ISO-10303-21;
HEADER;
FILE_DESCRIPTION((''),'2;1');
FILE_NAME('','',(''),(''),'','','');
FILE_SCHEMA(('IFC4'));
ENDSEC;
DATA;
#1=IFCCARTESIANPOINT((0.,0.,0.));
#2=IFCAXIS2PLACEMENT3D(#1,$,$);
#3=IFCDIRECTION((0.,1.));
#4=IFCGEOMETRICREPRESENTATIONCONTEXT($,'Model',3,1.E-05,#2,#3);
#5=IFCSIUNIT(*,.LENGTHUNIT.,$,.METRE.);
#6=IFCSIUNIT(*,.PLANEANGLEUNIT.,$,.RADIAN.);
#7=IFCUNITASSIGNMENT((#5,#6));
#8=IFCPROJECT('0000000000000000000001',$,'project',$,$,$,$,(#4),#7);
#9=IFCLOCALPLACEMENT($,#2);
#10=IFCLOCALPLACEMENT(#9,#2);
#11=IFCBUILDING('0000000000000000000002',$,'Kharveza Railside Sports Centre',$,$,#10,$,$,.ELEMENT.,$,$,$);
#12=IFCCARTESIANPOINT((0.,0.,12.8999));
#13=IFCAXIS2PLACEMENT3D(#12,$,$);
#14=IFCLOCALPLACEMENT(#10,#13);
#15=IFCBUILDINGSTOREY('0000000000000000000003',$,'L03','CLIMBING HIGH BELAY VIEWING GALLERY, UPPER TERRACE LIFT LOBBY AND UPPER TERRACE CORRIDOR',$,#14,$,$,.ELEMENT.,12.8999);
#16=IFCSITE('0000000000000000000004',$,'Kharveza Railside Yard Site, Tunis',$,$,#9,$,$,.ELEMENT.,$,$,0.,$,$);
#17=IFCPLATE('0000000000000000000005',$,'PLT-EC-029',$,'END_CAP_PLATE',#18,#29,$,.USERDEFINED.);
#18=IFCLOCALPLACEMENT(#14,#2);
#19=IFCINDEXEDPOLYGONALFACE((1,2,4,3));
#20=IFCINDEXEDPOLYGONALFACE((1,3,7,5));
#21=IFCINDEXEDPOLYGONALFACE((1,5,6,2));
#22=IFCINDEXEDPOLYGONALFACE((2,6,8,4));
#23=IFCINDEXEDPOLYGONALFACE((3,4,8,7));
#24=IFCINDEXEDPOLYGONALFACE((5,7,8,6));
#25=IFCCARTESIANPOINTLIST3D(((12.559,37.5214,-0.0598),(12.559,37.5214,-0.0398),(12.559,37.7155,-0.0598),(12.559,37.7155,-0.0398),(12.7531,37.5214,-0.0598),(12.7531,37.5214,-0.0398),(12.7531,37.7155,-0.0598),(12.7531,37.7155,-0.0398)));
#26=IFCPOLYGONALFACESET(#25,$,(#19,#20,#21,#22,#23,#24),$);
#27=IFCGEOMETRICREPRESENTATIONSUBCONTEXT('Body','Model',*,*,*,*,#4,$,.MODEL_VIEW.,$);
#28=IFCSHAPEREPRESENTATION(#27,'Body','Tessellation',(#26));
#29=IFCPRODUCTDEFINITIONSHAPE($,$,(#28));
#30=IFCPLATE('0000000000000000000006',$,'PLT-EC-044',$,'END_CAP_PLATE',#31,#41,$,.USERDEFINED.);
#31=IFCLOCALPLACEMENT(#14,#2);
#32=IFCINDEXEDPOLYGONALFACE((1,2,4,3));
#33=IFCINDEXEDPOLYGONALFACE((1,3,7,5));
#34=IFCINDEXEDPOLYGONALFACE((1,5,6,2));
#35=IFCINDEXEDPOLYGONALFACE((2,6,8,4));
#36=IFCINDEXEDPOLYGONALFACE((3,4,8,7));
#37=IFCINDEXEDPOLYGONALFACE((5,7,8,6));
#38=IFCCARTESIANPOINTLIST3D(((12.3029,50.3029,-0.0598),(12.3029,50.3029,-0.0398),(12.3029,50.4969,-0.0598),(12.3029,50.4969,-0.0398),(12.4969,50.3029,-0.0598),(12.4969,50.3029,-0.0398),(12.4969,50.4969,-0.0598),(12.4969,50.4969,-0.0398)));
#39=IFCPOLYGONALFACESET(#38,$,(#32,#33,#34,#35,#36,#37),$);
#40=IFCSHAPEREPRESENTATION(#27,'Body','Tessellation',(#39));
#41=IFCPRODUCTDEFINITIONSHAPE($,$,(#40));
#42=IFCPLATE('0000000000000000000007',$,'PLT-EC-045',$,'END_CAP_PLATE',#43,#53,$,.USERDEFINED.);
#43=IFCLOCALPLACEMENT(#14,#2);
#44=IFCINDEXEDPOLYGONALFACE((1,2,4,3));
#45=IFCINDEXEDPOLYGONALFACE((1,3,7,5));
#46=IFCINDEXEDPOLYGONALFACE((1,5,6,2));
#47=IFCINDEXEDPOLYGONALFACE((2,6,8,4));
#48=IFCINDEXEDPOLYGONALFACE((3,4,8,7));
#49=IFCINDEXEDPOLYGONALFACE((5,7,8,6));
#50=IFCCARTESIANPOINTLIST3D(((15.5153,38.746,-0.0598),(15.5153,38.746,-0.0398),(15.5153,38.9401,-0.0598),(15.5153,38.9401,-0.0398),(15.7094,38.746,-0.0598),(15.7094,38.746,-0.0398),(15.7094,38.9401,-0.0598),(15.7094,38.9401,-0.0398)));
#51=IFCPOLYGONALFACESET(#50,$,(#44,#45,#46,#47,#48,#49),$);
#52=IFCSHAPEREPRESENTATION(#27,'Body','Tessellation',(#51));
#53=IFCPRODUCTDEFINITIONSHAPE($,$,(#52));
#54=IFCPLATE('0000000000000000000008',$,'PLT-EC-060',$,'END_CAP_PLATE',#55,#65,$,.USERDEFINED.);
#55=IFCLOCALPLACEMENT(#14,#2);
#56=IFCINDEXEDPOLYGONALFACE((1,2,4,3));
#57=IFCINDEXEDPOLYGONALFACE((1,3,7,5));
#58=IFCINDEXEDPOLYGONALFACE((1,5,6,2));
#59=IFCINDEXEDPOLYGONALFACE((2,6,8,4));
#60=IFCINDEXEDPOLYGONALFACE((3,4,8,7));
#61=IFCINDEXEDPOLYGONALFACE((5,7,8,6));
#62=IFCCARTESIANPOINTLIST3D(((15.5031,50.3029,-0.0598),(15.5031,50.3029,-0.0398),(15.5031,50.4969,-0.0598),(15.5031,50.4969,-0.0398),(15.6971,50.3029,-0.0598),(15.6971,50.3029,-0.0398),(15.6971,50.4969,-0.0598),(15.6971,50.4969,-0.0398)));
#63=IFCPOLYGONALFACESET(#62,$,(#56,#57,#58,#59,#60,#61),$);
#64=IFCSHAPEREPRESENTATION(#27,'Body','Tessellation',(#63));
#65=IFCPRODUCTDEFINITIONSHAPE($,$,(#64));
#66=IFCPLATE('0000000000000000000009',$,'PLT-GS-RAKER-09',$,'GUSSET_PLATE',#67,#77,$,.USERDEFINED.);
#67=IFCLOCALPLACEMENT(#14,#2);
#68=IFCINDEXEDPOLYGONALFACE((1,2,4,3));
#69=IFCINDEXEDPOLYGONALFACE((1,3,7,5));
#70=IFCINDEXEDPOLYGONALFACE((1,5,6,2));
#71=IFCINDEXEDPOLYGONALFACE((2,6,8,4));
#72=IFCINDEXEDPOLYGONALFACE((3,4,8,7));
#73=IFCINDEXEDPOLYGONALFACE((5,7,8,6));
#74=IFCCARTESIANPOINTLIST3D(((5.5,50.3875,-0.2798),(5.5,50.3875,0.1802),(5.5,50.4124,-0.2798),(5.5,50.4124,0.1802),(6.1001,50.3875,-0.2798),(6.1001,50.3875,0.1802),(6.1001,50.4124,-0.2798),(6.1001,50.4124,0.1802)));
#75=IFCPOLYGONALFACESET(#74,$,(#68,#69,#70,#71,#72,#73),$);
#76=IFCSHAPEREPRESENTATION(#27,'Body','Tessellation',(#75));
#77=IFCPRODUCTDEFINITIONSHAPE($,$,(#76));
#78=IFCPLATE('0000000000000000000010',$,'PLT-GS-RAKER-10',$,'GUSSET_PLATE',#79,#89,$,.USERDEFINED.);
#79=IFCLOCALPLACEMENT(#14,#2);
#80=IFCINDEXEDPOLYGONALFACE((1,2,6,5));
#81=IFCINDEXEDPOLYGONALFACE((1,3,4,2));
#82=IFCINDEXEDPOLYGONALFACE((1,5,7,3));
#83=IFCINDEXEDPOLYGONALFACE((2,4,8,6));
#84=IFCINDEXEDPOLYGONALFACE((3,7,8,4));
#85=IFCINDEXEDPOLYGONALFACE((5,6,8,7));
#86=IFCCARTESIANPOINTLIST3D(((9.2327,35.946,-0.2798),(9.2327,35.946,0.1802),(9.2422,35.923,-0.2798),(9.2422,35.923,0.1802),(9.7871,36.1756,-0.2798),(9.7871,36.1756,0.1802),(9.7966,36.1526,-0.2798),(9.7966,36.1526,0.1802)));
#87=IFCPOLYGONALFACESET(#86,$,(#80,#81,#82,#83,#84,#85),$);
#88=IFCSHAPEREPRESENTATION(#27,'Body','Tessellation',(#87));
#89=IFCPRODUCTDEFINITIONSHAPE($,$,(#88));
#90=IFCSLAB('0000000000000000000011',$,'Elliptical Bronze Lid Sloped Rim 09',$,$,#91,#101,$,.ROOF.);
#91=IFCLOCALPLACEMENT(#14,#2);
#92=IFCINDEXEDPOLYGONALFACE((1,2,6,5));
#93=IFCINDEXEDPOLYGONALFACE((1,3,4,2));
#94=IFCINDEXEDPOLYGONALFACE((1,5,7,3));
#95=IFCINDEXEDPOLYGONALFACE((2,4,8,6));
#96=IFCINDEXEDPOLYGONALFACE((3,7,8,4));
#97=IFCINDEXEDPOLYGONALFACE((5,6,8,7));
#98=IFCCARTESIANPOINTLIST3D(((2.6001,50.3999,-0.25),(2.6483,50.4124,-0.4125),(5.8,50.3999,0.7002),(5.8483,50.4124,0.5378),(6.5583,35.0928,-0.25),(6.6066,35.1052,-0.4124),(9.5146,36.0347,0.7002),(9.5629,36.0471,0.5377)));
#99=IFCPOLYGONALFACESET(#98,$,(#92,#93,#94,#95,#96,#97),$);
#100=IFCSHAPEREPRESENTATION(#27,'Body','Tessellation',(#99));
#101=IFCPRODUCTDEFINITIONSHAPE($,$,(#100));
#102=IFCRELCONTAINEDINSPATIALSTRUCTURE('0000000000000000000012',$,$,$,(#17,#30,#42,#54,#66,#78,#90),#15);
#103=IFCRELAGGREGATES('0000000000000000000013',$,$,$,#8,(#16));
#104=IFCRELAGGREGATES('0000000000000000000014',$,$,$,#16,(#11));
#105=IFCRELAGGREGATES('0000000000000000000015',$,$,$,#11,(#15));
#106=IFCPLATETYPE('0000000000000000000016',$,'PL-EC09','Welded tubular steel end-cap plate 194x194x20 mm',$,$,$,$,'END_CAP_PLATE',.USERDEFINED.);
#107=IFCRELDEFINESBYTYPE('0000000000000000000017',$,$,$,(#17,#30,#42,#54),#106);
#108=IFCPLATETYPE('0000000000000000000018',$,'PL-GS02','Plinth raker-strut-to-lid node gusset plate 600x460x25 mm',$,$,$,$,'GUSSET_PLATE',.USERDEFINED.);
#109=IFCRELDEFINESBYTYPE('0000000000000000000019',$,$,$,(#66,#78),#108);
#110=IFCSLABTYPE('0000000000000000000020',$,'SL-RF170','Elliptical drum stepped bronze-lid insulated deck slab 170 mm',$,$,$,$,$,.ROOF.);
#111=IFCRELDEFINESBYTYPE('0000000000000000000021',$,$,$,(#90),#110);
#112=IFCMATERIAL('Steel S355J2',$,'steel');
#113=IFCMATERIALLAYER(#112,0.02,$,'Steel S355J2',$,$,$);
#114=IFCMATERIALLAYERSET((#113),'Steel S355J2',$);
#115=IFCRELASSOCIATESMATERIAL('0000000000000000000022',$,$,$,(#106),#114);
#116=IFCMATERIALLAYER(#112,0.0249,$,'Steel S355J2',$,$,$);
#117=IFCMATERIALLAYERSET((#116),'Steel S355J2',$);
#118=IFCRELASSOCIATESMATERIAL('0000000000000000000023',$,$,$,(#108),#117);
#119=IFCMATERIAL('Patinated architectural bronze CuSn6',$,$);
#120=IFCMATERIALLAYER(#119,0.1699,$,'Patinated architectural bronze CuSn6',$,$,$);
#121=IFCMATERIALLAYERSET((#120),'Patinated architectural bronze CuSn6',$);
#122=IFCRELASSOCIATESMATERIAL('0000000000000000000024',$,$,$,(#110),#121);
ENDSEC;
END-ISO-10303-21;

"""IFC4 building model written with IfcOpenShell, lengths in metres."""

from ifc_helpers import new_model, si_unit, direction, frame, origin, origin_2d, place, context, subcontext, project, spatial, polyline, rectangle, outline, extrude, material, layer, layer_set, type_object, element, save


model = new_model("IFC4")

# Units and contexts
model_context = context("Model", 3, precision=1e-05, world=origin(), true_north=direction((0.0, 1.0)))
body_context = subcontext(model_context, "Body", "Model", "MODEL_VIEW")
ifc_project = project(units=[si_unit("LENGTHUNIT", "METRE"), si_unit("PLANEANGLEUNIT", "RADIAN")], contexts=[model_context])

# Site, building, storey
site_placement = place(None, origin())
site = spatial("IfcSite", under=ifc_project, at=site_placement, Name="Kharveza Railside Yard Site, Tunis", CompositionType="ELEMENT", RefElevation=0.0)
building_placement = place(site_placement, origin())
building = spatial("IfcBuilding", under=site, at=building_placement, Name="Kharveza Railside Sports Centre", CompositionType="ELEMENT")
storey_placement = place(building_placement, frame((0.0, 0.0, 12.8999)))
storey = spatial("IfcBuildingStorey", under=building, at=storey_placement, Name="L03", Description="CLIMBING HIGH BELAY VIEWING GALLERY, UPPER TERRACE LIFT LOBBY AND UPPER TERRACE CORRIDOR", CompositionType="ELEMENT", Elevation=12.8999)

# Shared definitions
ifc_material_1 = material(Name="Steel S355J2", Category="steel")

# Plates
ifc_material_2 = material(Name="Patinated architectural bronze CuSn6")
ifc_layer_1 = layer(ifc_material_1, 0.02, Name="Steel S355J2")
ifc_layer_set_1 = layer_set([ifc_layer_1], Name="Steel S355J2")
plate_type_1 = type_object("IfcPlateType", Name="PL-EC09", Description="Welded tubular steel end-cap plate 194x194x20 mm", ElementType="END_CAP_PLATE", PredefinedType="USERDEFINED", material=ifc_layer_set_1)
for number, where, z_axis, x_axis, name in (
    (1, (12.656, 37.6184, -0.0598), (0.0, 0.0, 1.0), (1.0, 0.0, 0.0), "PLT-EC-029"),
    (2, (12.3999, 50.3999, -0.0598), (0.0, 0.0, 1.0), (1.0, 0.0, 0.0), "PLT-EC-044"),
    (3, (15.6123, 38.843, -0.0598), (0.0, 0.0, 1.0), (1.0, 0.0, 0.0), "PLT-EC-045"),
    (4, (15.6001, 50.3999, -0.0598), (0.0, 0.0, 1.0), (1.0, 0.0, 0.0), "PLT-EC-060"),
):
    element("IfcPlate", number, at=place(storey_placement, frame(where, z_axis=z_axis, x_axis=x_axis)), inside=storey, type_object=plate_type_1, Name=name, ObjectType="END_CAP_PLATE", PredefinedType="USERDEFINED", context=body_context, shape_type="SweptSolid", body=[
        extrude(rectangle(XDim=0.1941, YDim=0.1941, at=origin_2d()), origin(), (0.0, 0.0, 1.0), 0.02),
    ])
ifc_layer_2 = layer(ifc_material_1, 0.0249, Name="Steel S355J2")
ifc_layer_set_2 = layer_set([ifc_layer_2], Name="Steel S355J2")
plate_type_2 = type_object("IfcPlateType", Name="PL-GS02", Description="Plinth raker-strut-to-lid node gusset plate 600x460x25 mm", ElementType="GUSSET_PLATE", PredefinedType="USERDEFINED", material=ifc_layer_set_2)
for number, where, z_axis, x_axis, name in (
    (5, (5.8, 50.3999, -0.2798), (0.0, 0.0, 1.0), (-1.0, 0.0, 0.0), "PLT-GS-RAKER-09"),
    (6, (9.5146, 36.0493, -0.2798), (0.0, 0.0, 1.0), (-0.92388, -0.382683, 0.0), "PLT-GS-RAKER-10"),
):
    element("IfcPlate", number, at=place(storey_placement, frame(where, z_axis=z_axis, x_axis=x_axis)), inside=storey, type_object=plate_type_2, Name=name, ObjectType="GUSSET_PLATE", PredefinedType="USERDEFINED", context=body_context, shape_type="SweptSolid", body=[
        extrude(rectangle(XDim=0.6001, YDim=0.0249, at=origin_2d()), origin(), (0.0, 0.0, 1.0), 0.46),
    ])

# Slab
ifc_layer_3 = layer(ifc_material_2, 0.1699, Name="Patinated architectural bronze CuSn6")
ifc_layer_set_3 = layer_set([ifc_layer_3], Name="Patinated architectural bronze CuSn6")
slab_type = type_object("IfcSlabType", Name="SL-RF170", Description="Elliptical drum stepped bronze-lid insulated deck slab 170 mm", PredefinedType="ROOF", material=ifc_layer_set_3)
slab_placement = place(storey_placement, frame((2.6001, 50.3999, -0.25), z_axis=(-0.283892, -0.07341, 0.956042), x_axis=(0.250354, -0.968154, 0.000001)))
element("IfcSlab", 7, at=slab_placement, inside=storey, type_object=slab_type, Name="Elliptical Bronze Lid Sloped Rim 09", PredefinedType="ROOF", context=body_context, shape_type="SweptSolid", body=[
    extrude(outline(polyline([(0.0, 0.0), (15.8106, 0.0), (15.6388, 3.2404), (0.8011, 3.2405), (0.0, 0.0)])), origin(), (0.0, 0.0, -1.0), 0.1699),
])

save(model, "model.ifc")
